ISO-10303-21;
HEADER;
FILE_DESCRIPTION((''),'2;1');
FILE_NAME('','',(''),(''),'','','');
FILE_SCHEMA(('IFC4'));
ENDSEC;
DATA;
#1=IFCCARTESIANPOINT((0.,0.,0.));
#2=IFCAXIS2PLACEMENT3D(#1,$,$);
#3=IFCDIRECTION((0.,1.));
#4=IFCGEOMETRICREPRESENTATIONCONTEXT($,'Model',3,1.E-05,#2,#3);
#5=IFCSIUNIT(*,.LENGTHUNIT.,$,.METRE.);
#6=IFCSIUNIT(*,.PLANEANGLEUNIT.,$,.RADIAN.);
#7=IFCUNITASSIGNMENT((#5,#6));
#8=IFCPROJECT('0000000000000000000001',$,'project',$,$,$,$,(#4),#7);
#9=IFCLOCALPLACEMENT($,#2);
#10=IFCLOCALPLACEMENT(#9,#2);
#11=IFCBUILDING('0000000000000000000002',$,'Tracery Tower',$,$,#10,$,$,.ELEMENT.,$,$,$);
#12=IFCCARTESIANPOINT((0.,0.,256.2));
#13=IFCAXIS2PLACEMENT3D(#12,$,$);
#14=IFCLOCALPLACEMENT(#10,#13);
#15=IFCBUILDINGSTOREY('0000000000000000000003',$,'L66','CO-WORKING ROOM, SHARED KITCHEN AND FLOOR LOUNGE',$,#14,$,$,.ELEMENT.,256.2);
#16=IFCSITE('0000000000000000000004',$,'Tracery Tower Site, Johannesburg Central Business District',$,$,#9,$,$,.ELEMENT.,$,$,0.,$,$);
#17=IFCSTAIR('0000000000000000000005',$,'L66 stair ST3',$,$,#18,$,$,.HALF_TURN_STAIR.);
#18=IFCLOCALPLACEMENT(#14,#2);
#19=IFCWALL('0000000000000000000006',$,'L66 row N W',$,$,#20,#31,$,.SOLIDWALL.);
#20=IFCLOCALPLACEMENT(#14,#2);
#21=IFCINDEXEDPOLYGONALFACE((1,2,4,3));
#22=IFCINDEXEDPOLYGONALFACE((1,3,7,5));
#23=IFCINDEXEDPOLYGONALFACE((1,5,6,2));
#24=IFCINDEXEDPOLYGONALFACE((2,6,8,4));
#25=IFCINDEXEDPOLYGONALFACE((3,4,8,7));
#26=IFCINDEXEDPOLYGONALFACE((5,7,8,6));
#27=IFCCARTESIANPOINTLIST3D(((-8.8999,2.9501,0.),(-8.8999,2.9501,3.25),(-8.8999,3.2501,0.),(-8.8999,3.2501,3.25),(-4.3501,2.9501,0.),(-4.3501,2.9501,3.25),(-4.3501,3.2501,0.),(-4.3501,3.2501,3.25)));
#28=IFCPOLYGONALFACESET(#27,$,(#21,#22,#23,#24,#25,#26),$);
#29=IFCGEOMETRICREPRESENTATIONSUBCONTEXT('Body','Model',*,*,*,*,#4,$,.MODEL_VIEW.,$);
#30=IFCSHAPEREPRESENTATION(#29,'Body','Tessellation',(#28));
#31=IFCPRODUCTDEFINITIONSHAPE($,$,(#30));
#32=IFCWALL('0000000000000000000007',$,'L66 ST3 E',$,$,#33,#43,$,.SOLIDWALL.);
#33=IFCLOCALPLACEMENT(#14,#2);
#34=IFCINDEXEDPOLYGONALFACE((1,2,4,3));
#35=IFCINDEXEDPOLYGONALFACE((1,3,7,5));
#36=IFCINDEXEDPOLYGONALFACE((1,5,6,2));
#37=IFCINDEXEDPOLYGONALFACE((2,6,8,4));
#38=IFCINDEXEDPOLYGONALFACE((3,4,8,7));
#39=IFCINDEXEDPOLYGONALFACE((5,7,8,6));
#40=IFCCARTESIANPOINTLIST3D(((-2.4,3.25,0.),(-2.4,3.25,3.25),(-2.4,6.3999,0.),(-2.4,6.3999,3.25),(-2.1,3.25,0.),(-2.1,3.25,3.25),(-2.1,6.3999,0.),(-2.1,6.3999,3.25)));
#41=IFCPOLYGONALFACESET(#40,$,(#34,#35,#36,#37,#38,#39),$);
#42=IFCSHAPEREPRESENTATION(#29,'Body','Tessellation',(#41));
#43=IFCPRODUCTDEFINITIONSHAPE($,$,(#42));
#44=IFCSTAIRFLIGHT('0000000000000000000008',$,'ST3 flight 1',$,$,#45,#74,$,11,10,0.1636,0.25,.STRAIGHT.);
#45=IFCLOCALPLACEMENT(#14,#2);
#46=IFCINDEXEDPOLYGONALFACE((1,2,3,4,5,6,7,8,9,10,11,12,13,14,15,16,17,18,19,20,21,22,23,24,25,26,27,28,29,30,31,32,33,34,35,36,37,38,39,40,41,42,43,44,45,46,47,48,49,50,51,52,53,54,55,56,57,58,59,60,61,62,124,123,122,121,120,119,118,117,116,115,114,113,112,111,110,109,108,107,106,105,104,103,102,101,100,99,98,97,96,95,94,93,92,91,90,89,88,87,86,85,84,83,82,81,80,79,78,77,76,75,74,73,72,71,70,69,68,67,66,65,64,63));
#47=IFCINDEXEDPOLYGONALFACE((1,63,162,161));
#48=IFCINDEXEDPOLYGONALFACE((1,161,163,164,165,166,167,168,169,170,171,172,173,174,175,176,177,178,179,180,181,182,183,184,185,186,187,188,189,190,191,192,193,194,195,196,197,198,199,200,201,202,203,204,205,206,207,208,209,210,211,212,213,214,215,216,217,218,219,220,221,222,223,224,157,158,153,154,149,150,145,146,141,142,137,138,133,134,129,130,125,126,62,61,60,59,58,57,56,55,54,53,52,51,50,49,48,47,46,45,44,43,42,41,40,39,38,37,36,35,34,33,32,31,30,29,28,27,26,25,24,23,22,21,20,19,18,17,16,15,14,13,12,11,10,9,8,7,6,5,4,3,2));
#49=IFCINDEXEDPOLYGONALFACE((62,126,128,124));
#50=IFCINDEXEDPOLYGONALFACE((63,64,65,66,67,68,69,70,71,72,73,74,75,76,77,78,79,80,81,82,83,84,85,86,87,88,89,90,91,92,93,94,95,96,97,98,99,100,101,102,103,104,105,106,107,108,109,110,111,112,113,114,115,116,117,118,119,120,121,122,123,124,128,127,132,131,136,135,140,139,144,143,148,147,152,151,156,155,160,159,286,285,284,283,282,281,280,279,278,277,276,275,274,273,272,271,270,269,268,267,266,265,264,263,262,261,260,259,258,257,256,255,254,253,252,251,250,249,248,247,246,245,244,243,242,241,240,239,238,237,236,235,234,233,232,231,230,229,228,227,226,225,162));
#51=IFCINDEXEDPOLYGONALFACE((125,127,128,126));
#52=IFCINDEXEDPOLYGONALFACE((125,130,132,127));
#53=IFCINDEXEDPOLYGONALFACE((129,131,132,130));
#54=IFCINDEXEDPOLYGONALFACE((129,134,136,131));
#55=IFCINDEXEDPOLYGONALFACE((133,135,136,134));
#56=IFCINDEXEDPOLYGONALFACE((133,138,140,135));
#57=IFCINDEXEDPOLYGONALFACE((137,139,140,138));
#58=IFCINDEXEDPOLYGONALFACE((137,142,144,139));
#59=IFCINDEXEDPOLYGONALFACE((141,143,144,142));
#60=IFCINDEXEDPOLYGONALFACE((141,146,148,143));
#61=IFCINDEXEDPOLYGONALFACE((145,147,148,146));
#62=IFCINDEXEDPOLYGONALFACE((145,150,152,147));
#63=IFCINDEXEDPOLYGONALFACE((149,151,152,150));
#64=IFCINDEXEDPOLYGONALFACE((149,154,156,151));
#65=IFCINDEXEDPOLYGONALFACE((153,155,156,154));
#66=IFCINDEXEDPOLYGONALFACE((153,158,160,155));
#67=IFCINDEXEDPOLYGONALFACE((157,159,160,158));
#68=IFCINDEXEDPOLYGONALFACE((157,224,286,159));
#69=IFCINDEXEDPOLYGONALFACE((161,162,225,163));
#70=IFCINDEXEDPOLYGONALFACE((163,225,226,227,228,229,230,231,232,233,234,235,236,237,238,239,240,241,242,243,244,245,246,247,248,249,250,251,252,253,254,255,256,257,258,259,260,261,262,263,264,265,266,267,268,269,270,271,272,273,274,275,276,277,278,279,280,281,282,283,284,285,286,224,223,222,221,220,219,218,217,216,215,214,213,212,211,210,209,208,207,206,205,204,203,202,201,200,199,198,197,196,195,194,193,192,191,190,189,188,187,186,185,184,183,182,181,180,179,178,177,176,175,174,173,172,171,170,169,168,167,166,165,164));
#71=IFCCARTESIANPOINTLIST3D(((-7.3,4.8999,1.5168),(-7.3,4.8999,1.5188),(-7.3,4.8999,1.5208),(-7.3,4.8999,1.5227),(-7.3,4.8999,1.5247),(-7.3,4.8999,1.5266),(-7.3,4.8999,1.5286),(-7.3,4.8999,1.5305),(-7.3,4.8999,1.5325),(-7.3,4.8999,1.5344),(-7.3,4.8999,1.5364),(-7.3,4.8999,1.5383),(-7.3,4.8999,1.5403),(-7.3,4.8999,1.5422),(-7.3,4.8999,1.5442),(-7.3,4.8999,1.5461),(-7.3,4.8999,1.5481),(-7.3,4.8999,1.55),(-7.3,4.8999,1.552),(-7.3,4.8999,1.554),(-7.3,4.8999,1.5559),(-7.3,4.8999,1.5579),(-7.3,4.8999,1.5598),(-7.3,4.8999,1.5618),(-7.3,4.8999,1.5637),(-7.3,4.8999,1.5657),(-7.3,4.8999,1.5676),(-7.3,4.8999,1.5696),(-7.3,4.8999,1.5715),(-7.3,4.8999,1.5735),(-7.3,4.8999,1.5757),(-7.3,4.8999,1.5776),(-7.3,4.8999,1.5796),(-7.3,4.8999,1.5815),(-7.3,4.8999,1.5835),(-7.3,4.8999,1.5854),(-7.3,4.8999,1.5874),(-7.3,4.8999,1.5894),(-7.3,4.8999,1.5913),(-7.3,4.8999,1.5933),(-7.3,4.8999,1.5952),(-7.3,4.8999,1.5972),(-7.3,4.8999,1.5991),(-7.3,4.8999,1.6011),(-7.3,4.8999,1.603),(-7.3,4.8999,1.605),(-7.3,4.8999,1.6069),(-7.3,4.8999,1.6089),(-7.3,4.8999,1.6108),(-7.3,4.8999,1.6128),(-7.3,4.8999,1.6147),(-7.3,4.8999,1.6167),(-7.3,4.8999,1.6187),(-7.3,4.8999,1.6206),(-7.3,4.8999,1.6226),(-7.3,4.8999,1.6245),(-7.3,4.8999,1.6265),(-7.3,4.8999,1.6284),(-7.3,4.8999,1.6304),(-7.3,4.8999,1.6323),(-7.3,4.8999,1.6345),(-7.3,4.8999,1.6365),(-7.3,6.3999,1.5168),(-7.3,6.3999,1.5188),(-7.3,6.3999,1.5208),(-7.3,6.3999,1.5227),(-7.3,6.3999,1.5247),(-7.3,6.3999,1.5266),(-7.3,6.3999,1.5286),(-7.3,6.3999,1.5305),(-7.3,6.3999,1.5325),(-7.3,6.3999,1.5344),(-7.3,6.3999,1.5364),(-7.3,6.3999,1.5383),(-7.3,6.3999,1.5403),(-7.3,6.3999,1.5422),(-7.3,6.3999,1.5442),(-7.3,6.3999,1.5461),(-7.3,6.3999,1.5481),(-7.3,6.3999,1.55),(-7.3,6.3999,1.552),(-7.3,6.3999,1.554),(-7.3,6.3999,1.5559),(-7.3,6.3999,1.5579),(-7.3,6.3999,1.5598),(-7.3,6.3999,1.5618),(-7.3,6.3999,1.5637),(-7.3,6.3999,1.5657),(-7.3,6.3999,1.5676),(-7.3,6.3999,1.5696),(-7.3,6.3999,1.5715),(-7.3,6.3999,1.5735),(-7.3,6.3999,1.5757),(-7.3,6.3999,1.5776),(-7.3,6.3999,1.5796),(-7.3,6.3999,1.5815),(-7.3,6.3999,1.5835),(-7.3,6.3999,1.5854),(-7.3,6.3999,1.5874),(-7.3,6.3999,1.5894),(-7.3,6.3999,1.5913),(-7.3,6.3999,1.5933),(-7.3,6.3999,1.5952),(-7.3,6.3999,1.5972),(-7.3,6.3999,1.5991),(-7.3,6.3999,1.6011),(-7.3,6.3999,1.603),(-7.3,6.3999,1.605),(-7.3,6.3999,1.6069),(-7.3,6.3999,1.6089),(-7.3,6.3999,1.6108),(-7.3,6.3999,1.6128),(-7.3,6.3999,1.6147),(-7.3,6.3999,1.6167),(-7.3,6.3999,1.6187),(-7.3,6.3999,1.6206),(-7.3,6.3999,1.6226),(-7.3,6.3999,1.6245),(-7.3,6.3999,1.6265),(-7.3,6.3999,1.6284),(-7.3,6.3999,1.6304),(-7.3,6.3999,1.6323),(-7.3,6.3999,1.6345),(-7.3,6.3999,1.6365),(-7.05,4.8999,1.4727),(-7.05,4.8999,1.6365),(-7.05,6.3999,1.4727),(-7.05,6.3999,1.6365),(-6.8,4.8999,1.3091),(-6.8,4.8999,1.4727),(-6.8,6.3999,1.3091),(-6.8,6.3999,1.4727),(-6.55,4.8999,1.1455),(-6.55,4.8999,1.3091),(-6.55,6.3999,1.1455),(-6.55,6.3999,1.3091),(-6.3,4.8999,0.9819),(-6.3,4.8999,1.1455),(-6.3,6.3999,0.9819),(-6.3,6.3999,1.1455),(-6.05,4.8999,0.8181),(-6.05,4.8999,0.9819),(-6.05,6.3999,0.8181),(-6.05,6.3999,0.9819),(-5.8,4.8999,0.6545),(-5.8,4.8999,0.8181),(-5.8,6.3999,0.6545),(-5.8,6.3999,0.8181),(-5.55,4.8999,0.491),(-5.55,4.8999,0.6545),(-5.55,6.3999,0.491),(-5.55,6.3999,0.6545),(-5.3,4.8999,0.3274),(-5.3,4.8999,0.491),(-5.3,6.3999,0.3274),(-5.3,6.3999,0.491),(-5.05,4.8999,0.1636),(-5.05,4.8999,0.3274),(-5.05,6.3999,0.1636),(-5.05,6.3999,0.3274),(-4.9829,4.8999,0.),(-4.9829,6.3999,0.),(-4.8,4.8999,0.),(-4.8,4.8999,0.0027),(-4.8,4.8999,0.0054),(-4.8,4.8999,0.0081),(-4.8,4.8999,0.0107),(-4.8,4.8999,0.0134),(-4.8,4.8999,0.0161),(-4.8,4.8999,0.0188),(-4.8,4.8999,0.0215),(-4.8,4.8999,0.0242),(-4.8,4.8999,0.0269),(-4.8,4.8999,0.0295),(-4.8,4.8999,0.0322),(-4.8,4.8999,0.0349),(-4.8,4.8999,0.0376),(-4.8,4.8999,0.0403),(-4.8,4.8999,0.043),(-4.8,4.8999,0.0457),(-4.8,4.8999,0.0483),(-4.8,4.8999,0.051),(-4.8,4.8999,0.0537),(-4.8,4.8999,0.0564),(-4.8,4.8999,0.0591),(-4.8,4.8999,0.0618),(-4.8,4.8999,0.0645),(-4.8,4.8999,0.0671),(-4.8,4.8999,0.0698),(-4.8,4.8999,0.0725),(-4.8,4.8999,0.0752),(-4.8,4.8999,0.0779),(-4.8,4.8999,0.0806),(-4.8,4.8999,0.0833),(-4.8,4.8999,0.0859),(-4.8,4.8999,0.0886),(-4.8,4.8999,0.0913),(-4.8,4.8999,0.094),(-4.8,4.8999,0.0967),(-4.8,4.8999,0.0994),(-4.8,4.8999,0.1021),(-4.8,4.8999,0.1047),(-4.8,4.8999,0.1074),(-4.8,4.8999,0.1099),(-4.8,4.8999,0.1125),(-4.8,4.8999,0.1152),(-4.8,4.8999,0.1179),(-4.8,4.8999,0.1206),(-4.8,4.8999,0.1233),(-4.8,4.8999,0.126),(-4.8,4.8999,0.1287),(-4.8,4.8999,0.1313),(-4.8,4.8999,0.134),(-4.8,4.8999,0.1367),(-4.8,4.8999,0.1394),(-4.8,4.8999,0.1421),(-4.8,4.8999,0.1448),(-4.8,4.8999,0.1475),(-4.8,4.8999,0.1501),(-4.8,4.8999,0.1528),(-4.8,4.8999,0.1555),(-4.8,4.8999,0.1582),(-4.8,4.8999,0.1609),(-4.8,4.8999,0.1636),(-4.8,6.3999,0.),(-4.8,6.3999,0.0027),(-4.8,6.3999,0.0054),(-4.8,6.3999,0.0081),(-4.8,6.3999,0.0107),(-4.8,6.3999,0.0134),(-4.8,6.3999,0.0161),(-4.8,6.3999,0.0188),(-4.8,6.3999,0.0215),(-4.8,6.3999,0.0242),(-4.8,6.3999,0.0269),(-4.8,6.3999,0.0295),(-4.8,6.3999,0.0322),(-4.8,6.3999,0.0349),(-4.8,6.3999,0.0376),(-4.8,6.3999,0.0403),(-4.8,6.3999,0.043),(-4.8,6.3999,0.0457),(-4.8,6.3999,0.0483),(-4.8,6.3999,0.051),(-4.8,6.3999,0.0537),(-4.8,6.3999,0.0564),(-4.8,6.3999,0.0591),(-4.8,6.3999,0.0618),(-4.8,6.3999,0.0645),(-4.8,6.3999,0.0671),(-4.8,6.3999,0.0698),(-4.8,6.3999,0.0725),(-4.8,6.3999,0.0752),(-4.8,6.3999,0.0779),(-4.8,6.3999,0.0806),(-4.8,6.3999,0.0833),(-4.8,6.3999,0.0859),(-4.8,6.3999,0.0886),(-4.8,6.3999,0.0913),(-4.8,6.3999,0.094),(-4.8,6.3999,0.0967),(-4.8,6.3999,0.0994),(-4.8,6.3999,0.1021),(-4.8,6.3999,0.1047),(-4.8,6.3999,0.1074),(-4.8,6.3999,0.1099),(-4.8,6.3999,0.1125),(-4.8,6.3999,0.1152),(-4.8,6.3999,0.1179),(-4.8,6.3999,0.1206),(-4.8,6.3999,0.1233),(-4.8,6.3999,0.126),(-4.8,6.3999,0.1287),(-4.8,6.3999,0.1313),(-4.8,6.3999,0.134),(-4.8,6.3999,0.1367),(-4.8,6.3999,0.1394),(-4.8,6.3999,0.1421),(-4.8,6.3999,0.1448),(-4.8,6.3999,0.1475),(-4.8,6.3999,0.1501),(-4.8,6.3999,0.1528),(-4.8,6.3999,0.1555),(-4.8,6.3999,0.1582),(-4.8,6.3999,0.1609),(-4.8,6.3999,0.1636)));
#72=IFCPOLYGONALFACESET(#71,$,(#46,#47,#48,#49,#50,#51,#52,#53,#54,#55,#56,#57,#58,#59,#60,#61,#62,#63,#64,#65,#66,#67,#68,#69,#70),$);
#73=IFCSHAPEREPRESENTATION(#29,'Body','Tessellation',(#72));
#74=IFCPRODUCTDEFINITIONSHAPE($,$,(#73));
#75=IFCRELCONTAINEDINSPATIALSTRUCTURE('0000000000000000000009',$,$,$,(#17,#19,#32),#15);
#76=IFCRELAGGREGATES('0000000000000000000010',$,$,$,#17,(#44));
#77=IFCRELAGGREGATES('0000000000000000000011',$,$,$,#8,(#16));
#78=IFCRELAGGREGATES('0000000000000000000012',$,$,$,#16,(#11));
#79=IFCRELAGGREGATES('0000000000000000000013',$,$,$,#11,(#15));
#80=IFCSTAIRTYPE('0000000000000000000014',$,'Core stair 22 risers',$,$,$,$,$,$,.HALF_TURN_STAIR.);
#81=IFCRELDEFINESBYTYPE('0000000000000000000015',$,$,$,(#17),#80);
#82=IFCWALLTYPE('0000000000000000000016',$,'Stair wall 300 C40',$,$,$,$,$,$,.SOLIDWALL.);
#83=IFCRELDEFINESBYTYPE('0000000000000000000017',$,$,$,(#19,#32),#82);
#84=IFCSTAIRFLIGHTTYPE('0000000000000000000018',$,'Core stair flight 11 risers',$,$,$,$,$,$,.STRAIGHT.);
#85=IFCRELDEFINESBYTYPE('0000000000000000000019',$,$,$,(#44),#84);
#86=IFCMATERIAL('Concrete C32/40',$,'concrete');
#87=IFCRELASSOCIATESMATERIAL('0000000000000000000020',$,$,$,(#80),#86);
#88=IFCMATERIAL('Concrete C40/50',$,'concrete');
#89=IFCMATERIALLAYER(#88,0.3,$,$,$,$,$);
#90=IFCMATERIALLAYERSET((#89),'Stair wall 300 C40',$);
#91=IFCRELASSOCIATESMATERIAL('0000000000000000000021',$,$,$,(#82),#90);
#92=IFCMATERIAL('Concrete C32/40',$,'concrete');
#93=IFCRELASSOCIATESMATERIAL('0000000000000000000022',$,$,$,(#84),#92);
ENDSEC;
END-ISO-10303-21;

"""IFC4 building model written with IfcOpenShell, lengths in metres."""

from ifc_helpers import new_model, si_unit, direction, frame, frame_2d, origin, place, context, subcontext, project, spatial, polyline, rectangle, outline, extrude, material, layer, layer_set, type_object, element, aggregate, save


model = new_model("IFC4")

# Units and contexts
model_context = context("Model", 3, precision=1e-05, world=origin(), true_north=direction((0.0, 1.0)))
body_context = subcontext(model_context, "Body", "Model", "MODEL_VIEW")
ifc_project = project(units=[si_unit("LENGTHUNIT", "METRE"), si_unit("PLANEANGLEUNIT", "RADIAN")], contexts=[model_context])

# Site, building, storey
site_placement = place(None, origin())
site = spatial("IfcSite", under=ifc_project, at=site_placement, Name="Tracery Tower Site, Johannesburg Central Business District", CompositionType="ELEMENT", RefElevation=0.0)
building_placement = place(site_placement, origin())
building = spatial("IfcBuilding", under=site, at=building_placement, Name="Tracery Tower", CompositionType="ELEMENT")
storey_placement = place(building_placement, frame((0.0, 0.0, 256.2)))
storey = spatial("IfcBuildingStorey", under=building, at=storey_placement, Name="L66", Description="CO-WORKING ROOM, SHARED KITCHEN AND FLOOR LOUNGE", CompositionType="ELEMENT", Elevation=256.2)

# Stair
ifc_material_1 = material(Name="Concrete C32/40", Category="concrete")
stair_type = type_object("IfcStairType", Name="Core stair 22 risers", PredefinedType="HALF_TURN_STAIR", material=ifc_material_1)
stair_1_placement = place(storey_placement, origin())
stair_1 = element("IfcStair", 1, at=stair_1_placement, inside=storey, type_object=stair_type, Name="L66 stair ST3", PredefinedType="HALF_TURN_STAIR")

# Wall
ifc_material_2 = material(Name="Concrete C40/50", Category="concrete")
ifc_layer_1 = layer(ifc_material_2, 0.3)
ifc_layer_set_1 = layer_set([ifc_layer_1], Name="Stair wall 300 C40")
wall_type_1 = type_object("IfcWallType", Name="Stair wall 300 C40", PredefinedType="SOLIDWALL", material=ifc_layer_set_1)
wall_1_placement = place(storey_placement, frame((-8.8999, 3.1001, 0.0), z_axis=(0.0, 0.0, 1.0), x_axis=(1.0, 0.0, 0.0)))
element("IfcWall", 2, at=wall_1_placement, inside=storey, type_object=wall_type_1, Name="L66 row N W", PredefinedType="SOLIDWALL", context=body_context, shape_type="SweptSolid", body=[
    extrude(rectangle(XDim=4.5498, YDim=0.3, at=frame_2d((2.2749, 0.0))), origin(), (0.0, 0.0, 1.0), 3.25),
])

# Wall
wall_2_placement = place(storey_placement, frame((-2.25, 3.25, 0.0), z_axis=(0.0, 0.0, 1.0), x_axis=(0.0, 1.0, 0.0)))
element("IfcWall", 3, at=wall_2_placement, inside=storey, type_object=wall_type_1, Name="L66 ST3 E", PredefinedType="SOLIDWALL", context=body_context, shape_type="SweptSolid", body=[
    extrude(rectangle(XDim=3.1499, YDim=0.3, at=frame_2d((1.575, 0.0))), origin(), (0.0, 0.0, 1.0), 3.25),
])

# Stair flight
ifc_material_3 = material(Name="Concrete C32/40", Category="concrete")
stair_flight_type = type_object("IfcStairFlightType", Name="Core stair flight 11 risers", PredefinedType="STRAIGHT", material=ifc_material_3)
stair_flight_1_placement = place(storey_placement, frame((-4.8, 5.6499, 0.0), z_axis=(0.0, 0.0, 1.0), x_axis=(-1.0, 0.0, 0.0)))
stair_flight_1 = element("IfcStairFlight", 4, at=stair_flight_1_placement, type_object=stair_flight_type, Name="ST3 flight 1", NumberOfRisers=11, NumberOfTreads=10, PredefinedType="STRAIGHT", RiserHeight=0.1636, TreadLength=0.25, context=body_context, shape_type="SweptSolid", body=[
    extrude(outline(polyline([(0.0, 0.0), (0.0, 0.0027), (0.0, 0.0054), (0.0, 0.0081), (0.0, 0.0107), (0.0, 0.0134), (0.0, 0.0161), (0.0, 0.0188), (0.0, 0.0215), (0.0, 0.0242), (0.0, 0.0269), (0.0, 0.0295), (0.0, 0.0322), (0.0, 0.0349), (0.0, 0.0376), (0.0, 0.0403), (0.0, 0.043), (0.0, 0.0457), (0.0, 0.0483), (0.0, 0.051), (0.0, 0.0537), (0.0, 0.0564), (0.0, 0.0591), (0.0, 0.0618), (0.0, 0.0645), (0.0, 0.0671), (0.0, 0.0698), (0.0, 0.0725), (0.0, 0.0752), (0.0, 0.0779), (0.0, 0.0806), (0.0, 0.0833), (0.0, 0.0859), (0.0, 0.0886), (0.0, 0.0913), (0.0, 0.094), (0.0, 0.0967), (0.0, 0.0994), (0.0, 0.1021), (0.0, 0.1047), (0.0, 0.1074), (0.0, 0.1099), (0.0, 0.1125), (0.0, 0.1152), (0.0, 0.1179), (0.0, 0.1206), (0.0, 0.1233), (0.0, 0.126), (0.0, 0.1287), (0.0, 0.1313), (0.0, 0.134), (0.0, 0.1367), (0.0, 0.1394), (0.0, 0.1421), (0.0, 0.1448), (0.0, 0.1475), (0.0, 0.1501), (0.0, 0.1528), (0.0, 0.1555), (0.0, 0.1582), (0.0, 0.1609), (0.0, 0.1636), (0.25, 0.1636), (0.25, 0.3274), (0.5, 0.3274), (0.5, 0.491), (0.75, 0.491), (0.75, 0.6545), (1.0, 0.6545), (1.0, 0.8181), (1.25, 0.8181), (1.25, 0.9819), (1.5, 0.9819), (1.5, 1.1455), (1.75, 1.1455), (1.75, 1.3091), (2.0, 1.3091), (2.0, 1.4727), (2.25, 1.4727), (2.25, 1.6365), (2.5, 1.6365), (2.5, 1.6345), (2.5, 1.6323), (2.5, 1.6304), (2.5, 1.6284), (2.5, 1.6265), (2.5, 1.6245), (2.5, 1.6226), (2.5, 1.6206), (2.5, 1.6187), (2.5, 1.6167), (2.5, 1.6147), (2.5, 1.6128), (2.5, 1.6108), (2.5, 1.6089), (2.5, 1.6069), (2.5, 1.605), (2.5, 1.603), (2.5, 1.6011), (2.5, 1.5991), (2.5, 1.5972), (2.5, 1.5952), (2.5, 1.5933), (2.5, 1.5913), (2.5, 1.5894), (2.5, 1.5874), (2.5, 1.5854), (2.5, 1.5835), (2.5, 1.5815), (2.5, 1.5796), (2.5, 1.5776), (2.5, 1.5757), (2.5, 1.5735), (2.5, 1.5715), (2.5, 1.5696), (2.5, 1.5676), (2.5, 1.5657), (2.5, 1.5637), (2.5, 1.5618), (2.5, 1.5598), (2.5, 1.5579), (2.5, 1.5559), (2.5, 1.554), (2.5, 1.552), (2.5, 1.55), (2.5, 1.5481), (2.5, 1.5461), (2.5, 1.5442), (2.5, 1.5422), (2.5, 1.5403), (2.5, 1.5383), (2.5, 1.5364), (2.5, 1.5344), (2.5, 1.5325), (2.5, 1.5305), (2.5, 1.5286), (2.5, 1.5266), (2.5, 1.5247), (2.5, 1.5227), (2.5, 1.5208), (2.5, 1.5188), (2.5, 1.5168), (0.1829, 0.0), (0.0, 0.0)])), frame((0.0, 0.75, 0.0), z_axis=(0.0, -1.0, 0.0), x_axis=(1.0, 0.0, 0.0)), (0.0, 0.0, 1.0), 1.5),
])
aggregate(stair_1, [stair_flight_1])

save(model, "model.ifc")
